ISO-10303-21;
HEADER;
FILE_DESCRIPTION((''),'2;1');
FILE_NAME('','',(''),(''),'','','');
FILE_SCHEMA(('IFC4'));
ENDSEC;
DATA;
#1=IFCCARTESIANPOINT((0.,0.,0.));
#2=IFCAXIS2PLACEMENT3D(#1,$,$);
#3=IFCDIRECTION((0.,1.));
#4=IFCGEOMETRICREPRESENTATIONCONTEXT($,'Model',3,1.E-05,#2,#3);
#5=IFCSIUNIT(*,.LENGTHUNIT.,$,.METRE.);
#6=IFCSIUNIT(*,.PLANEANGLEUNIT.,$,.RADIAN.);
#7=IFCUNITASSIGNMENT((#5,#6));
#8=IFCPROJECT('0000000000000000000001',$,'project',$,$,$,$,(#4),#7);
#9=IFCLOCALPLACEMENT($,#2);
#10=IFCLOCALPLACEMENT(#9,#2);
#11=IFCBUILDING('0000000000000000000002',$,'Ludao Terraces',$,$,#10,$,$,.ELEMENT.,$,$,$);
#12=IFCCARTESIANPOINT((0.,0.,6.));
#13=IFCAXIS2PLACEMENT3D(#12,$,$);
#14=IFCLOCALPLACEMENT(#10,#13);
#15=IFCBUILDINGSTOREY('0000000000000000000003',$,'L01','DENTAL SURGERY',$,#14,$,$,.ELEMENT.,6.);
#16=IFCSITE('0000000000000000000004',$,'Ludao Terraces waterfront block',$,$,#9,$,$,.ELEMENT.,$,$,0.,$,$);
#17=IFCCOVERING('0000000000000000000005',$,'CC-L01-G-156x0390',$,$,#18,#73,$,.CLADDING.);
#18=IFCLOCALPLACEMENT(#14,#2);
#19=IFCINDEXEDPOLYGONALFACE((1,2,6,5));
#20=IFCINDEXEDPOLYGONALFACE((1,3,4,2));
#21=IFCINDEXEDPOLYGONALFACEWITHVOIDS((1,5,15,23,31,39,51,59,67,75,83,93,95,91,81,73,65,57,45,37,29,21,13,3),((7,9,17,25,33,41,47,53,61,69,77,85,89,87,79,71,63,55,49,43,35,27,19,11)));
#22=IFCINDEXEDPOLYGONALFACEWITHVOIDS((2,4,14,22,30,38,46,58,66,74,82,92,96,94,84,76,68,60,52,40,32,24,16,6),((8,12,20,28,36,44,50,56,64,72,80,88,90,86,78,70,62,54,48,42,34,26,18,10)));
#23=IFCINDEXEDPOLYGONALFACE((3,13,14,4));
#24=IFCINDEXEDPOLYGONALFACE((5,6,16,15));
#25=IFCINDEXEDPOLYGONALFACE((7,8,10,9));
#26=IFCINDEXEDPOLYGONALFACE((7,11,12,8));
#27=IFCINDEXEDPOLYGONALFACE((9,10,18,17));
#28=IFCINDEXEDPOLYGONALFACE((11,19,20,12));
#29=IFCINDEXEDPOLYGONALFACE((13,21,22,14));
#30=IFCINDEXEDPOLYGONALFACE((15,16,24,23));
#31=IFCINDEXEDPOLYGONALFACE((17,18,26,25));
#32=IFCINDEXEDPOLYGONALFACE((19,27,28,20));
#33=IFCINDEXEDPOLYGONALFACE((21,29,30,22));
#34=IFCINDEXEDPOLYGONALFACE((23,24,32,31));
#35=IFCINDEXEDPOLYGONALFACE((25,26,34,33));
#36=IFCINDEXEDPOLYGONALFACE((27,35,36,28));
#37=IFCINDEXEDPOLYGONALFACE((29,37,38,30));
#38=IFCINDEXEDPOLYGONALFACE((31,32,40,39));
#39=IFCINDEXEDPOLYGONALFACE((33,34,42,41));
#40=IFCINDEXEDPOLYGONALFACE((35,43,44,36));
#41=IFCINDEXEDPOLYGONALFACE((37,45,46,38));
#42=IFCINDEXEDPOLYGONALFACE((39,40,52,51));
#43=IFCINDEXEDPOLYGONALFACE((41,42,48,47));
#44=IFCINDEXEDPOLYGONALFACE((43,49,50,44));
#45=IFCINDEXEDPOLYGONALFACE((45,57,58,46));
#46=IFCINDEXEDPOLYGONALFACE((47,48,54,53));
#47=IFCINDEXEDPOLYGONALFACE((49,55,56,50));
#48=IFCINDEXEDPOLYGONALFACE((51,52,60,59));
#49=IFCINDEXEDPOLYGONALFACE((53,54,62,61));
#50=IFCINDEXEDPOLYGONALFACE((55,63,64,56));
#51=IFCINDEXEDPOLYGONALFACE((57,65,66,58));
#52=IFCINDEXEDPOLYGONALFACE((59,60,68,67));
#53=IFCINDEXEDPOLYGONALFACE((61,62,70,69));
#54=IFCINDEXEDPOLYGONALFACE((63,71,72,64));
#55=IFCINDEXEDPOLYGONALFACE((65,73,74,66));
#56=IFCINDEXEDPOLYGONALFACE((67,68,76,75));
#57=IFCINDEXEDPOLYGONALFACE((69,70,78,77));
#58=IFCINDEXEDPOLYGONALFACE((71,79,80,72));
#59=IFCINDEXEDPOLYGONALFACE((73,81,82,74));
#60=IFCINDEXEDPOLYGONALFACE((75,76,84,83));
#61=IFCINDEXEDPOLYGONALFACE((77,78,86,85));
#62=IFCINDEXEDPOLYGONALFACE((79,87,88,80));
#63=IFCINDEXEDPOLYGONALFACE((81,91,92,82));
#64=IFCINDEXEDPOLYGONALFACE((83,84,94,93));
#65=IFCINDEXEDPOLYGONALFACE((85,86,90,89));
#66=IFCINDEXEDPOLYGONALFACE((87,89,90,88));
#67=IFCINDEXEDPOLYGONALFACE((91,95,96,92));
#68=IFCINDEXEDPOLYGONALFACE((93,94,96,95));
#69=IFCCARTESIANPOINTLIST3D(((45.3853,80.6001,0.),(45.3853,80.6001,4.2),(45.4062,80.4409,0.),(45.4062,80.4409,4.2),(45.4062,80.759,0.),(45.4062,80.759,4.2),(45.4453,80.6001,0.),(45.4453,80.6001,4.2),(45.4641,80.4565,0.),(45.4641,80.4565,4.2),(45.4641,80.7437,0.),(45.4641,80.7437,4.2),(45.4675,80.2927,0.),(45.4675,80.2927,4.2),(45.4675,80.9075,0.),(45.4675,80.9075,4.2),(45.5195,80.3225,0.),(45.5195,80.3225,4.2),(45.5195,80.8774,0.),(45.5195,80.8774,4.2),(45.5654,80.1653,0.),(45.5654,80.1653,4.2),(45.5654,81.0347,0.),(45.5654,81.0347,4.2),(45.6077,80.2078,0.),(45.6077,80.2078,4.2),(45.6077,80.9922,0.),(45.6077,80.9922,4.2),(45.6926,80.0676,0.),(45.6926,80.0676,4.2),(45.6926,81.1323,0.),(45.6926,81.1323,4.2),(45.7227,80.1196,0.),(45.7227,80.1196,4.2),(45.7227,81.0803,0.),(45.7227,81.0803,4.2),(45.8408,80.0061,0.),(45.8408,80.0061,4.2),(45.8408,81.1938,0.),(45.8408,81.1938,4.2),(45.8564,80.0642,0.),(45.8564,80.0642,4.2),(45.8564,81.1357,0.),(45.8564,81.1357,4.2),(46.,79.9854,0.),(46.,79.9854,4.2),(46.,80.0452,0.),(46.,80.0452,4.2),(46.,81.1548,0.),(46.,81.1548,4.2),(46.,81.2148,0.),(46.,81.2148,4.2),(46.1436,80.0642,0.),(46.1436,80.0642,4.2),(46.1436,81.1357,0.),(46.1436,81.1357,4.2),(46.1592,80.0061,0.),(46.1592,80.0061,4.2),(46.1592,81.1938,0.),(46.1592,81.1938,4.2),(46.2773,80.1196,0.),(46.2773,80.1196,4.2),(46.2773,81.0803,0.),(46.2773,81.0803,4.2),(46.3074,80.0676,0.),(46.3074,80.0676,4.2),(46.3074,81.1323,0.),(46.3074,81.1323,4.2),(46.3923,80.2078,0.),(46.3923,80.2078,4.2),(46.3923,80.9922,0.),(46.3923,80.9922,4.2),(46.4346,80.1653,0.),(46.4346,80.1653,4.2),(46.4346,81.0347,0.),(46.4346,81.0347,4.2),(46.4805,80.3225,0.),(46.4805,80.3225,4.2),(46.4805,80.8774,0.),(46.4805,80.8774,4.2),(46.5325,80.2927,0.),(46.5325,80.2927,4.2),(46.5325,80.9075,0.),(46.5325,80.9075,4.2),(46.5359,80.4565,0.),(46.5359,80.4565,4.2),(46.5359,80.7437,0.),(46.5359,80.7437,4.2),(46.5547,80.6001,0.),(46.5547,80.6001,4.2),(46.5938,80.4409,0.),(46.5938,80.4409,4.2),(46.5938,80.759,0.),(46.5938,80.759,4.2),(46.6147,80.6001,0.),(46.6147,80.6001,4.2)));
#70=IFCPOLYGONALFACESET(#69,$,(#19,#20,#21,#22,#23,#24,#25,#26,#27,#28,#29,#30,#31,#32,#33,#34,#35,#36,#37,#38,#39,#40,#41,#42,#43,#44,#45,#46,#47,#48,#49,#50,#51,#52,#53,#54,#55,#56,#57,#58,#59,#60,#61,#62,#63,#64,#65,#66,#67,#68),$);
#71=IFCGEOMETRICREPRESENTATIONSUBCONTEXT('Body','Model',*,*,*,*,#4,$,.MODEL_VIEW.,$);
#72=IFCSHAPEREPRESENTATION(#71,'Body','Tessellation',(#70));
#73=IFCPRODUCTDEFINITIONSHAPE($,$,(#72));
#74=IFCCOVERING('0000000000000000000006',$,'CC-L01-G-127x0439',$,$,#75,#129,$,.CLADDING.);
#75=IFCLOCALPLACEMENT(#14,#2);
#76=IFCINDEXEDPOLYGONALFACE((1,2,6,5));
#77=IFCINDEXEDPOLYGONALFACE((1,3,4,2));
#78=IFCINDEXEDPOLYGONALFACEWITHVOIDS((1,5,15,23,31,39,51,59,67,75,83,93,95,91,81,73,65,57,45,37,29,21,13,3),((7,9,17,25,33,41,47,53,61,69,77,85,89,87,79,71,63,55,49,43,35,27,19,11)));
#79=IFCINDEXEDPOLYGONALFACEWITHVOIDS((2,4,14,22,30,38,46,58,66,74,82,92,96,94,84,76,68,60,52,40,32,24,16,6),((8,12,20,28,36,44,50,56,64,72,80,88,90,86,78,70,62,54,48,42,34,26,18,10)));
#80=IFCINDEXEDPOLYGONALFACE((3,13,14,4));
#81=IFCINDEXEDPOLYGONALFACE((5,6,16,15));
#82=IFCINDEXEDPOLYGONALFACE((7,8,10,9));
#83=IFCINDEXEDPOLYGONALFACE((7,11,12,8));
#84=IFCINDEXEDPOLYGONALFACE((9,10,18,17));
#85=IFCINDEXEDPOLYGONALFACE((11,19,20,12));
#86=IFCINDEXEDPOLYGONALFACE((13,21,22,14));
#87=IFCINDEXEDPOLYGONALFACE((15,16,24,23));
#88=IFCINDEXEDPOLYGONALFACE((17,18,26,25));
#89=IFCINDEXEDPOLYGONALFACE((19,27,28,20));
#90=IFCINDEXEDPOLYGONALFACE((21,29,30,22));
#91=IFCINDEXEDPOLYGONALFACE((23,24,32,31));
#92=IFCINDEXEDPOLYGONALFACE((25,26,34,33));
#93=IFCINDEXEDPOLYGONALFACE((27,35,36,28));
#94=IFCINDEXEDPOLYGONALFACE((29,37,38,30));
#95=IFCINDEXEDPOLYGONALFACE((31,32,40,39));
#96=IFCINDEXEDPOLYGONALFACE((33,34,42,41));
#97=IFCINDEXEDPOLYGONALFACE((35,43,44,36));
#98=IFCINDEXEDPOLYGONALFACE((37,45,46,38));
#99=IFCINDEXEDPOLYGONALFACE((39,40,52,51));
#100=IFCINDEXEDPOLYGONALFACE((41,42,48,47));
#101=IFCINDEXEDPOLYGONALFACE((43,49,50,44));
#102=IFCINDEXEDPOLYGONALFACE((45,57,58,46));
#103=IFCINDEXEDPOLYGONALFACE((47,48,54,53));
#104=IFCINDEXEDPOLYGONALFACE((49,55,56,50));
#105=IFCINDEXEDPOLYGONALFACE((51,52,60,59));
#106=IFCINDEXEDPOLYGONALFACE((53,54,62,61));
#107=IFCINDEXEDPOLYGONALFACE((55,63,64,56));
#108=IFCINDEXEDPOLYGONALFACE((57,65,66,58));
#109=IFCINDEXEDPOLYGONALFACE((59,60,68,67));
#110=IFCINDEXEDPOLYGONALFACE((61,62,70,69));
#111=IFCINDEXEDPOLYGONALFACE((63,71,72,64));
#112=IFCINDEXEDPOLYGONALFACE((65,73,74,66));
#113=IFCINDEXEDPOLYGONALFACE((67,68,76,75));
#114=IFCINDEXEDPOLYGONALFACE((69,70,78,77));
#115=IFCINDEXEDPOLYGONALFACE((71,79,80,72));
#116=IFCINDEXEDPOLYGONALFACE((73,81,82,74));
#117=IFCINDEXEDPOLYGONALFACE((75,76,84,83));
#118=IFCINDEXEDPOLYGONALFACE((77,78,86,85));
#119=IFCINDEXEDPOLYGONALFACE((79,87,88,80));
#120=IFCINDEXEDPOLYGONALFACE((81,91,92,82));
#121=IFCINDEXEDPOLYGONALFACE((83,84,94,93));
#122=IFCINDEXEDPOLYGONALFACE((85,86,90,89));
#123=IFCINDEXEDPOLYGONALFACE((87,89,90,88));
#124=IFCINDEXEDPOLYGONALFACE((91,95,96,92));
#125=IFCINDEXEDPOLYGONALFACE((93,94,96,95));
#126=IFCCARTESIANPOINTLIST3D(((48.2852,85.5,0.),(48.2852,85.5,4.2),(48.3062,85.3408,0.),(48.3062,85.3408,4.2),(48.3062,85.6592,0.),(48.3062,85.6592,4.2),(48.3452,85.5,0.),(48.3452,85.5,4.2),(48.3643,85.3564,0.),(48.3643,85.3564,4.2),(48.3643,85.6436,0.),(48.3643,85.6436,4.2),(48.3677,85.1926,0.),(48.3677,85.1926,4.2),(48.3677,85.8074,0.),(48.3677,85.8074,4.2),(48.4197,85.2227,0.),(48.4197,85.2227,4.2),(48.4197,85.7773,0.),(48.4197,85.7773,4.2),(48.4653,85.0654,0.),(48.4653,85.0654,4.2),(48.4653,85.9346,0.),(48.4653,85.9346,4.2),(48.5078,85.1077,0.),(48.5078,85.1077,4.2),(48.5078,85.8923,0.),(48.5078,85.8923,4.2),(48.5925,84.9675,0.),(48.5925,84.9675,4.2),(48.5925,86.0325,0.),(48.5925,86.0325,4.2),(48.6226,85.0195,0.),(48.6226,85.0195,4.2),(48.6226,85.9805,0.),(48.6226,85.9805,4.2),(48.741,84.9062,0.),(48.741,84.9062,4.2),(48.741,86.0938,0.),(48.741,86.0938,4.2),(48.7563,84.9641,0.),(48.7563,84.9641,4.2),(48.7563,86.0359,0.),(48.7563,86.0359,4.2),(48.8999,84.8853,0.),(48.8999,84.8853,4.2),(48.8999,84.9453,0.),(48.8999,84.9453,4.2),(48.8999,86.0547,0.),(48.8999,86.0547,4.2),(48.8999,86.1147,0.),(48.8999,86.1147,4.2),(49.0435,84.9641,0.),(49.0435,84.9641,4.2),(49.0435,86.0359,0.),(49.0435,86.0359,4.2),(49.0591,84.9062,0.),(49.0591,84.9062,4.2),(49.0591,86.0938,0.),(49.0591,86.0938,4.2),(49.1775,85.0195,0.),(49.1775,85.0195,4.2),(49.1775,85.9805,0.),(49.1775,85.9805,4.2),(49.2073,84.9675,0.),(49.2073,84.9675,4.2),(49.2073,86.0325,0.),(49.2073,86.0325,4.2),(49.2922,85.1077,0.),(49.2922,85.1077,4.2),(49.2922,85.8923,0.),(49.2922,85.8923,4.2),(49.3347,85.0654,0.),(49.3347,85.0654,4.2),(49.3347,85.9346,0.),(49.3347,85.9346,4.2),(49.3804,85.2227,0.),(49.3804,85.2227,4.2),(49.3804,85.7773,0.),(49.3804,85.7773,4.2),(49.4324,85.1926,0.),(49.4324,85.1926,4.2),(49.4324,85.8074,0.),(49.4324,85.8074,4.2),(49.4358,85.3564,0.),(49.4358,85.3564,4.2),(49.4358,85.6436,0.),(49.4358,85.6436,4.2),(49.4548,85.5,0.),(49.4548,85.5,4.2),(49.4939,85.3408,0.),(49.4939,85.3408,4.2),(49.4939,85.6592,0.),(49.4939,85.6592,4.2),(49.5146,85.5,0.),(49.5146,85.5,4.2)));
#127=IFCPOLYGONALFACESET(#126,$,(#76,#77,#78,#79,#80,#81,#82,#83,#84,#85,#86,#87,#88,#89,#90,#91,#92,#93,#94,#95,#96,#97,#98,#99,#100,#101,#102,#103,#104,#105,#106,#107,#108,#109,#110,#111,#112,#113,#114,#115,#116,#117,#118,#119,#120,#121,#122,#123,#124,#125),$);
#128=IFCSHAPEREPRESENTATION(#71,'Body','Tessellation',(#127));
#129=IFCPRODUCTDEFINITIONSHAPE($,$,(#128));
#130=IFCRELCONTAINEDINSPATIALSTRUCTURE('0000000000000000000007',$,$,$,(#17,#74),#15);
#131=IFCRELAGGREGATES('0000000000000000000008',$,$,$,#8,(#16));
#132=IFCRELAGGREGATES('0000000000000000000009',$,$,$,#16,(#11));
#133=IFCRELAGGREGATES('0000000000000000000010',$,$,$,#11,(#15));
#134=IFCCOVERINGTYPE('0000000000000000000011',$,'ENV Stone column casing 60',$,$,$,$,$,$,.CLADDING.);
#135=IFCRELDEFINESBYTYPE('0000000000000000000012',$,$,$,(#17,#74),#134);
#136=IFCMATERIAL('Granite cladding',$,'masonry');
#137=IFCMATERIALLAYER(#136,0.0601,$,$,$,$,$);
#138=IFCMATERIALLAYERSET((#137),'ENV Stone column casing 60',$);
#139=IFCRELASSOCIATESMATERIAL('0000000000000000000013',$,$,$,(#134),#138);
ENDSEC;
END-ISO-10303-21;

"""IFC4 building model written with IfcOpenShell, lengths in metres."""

from ifc_helpers import new_model, si_unit, direction, frame, origin, place, context, subcontext, project, spatial, polyline, outline, extrude, material, layer, layer_set, type_object, element, save


model = new_model("IFC4")

# Units and contexts
model_context = context("Model", 3, precision=1e-05, world=origin(), true_north=direction((0.0, 1.0)))
body_context = subcontext(model_context, "Body", "Model", "MODEL_VIEW")
ifc_project = project(units=[si_unit("LENGTHUNIT", "METRE"), si_unit("PLANEANGLEUNIT", "RADIAN")], contexts=[model_context])

# Site, building, storey
site_placement = place(None, origin())
site = spatial("IfcSite", under=ifc_project, at=site_placement, Name="Ludao Terraces waterfront block", CompositionType="ELEMENT", RefElevation=0.0)
building_placement = place(site_placement, origin())
building = spatial("IfcBuilding", under=site, at=building_placement, Name="Ludao Terraces", CompositionType="ELEMENT")
storey_placement = place(building_placement, frame((0.0, 0.0, 6.0)))
storey = spatial("IfcBuildingStorey", under=building, at=storey_placement, Name="L01", Description="DENTAL SURGERY", CompositionType="ELEMENT", Elevation=6.0)

# Coverings
ifc_material_1 = material(Name="Granite cladding", Category="masonry")
ifc_layer_1 = layer(ifc_material_1, 0.0601)
ifc_layer_set_1 = layer_set([ifc_layer_1], Name="ENV Stone column casing 60")
covering_type = type_object("IfcCoveringType", Name="ENV Stone column casing 60", PredefinedType="CLADDING", material=ifc_layer_set_1)
covering_1_placement = place(storey_placement, origin())
element("IfcCovering", 1, at=covering_1_placement, inside=storey, type_object=covering_type, Name="CC-L01-G-156x0390", PredefinedType="CLADDING", context=body_context, shape_type="SweptSolid", body=[
    extrude(outline(polyline([(46.6147, 80.6001), (46.5938, 80.759), (46.5325, 80.9075), (46.4346, 81.0347), (46.3074, 81.1323), (46.1592, 81.1938), (46.0, 81.2148), (45.8408, 81.1938), (45.6926, 81.1323), (45.5654, 81.0347), (45.4675, 80.9075), (45.4062, 80.759), (45.3853, 80.6001), (45.4062, 80.4409), (45.4675, 80.2927), (45.5654, 80.1653), (45.6926, 80.0676), (45.8408, 80.0061), (46.0, 79.9854), (46.1592, 80.0061), (46.3074, 80.0676), (46.4346, 80.1653), (46.5325, 80.2927), (46.5938, 80.4409), (46.6147, 80.6001)]), holes=[polyline([(46.5359, 80.4565), (46.4805, 80.3225), (46.3923, 80.2078), (46.2773, 80.1196), (46.1436, 80.0642), (46.0, 80.0452), (45.8564, 80.0642), (45.7227, 80.1196), (45.6077, 80.2078), (45.5195, 80.3225), (45.4641, 80.4565), (45.4453, 80.6001), (45.4641, 80.7437), (45.5195, 80.8774), (45.6077, 80.9922), (45.7227, 81.0803), (45.8564, 81.1357), (46.0, 81.1548), (46.1436, 81.1357), (46.2773, 81.0803), (46.3923, 80.9922), (46.4805, 80.8774), (46.5359, 80.7437), (46.5547, 80.6001), (46.5359, 80.4565)])]), origin(), (0.0, 0.0, 1.0), 4.2),
])
covering_2_placement = place(storey_placement, origin())
element("IfcCovering", 2, at=covering_2_placement, inside=storey, type_object=covering_type, Name="CC-L01-G-127x0439", PredefinedType="CLADDING", context=body_context, shape_type="SweptSolid", body=[
    extrude(outline(polyline([(49.5146, 85.5), (49.4939, 85.6592), (49.4324, 85.8074), (49.3347, 85.9346), (49.2073, 86.0325), (49.0591, 86.0938), (48.8999, 86.1147), (48.741, 86.0938), (48.5925, 86.0325), (48.4653, 85.9346), (48.3677, 85.8074), (48.3062, 85.6592), (48.2852, 85.5), (48.3062, 85.3408), (48.3677, 85.1926), (48.4653, 85.0654), (48.5925, 84.9675), (48.741, 84.9062), (48.8999, 84.8853), (49.0591, 84.9062), (49.2073, 84.9675), (49.3347, 85.0654), (49.4324, 85.1926), (49.4939, 85.3408), (49.5146, 85.5)]), holes=[polyline([(49.4358, 85.3564), (49.3804, 85.2227), (49.2922, 85.1077), (49.1775, 85.0195), (49.0435, 84.9641), (48.8999, 84.9453), (48.7563, 84.9641), (48.6226, 85.0195), (48.5078, 85.1077), (48.4197, 85.2227), (48.3643, 85.3564), (48.3452, 85.5), (48.3643, 85.6436), (48.4197, 85.7773), (48.5078, 85.8923), (48.6226, 85.9805), (48.7563, 86.0359), (48.8999, 86.0547), (49.0435, 86.0359), (49.1775, 85.9805), (49.2922, 85.8923), (49.3804, 85.7773), (49.4358, 85.6436), (49.4548, 85.5), (49.4358, 85.3564)])]), origin(), (0.0, 0.0, 1.0), 4.2),
])

save(model, "model.ifc")
